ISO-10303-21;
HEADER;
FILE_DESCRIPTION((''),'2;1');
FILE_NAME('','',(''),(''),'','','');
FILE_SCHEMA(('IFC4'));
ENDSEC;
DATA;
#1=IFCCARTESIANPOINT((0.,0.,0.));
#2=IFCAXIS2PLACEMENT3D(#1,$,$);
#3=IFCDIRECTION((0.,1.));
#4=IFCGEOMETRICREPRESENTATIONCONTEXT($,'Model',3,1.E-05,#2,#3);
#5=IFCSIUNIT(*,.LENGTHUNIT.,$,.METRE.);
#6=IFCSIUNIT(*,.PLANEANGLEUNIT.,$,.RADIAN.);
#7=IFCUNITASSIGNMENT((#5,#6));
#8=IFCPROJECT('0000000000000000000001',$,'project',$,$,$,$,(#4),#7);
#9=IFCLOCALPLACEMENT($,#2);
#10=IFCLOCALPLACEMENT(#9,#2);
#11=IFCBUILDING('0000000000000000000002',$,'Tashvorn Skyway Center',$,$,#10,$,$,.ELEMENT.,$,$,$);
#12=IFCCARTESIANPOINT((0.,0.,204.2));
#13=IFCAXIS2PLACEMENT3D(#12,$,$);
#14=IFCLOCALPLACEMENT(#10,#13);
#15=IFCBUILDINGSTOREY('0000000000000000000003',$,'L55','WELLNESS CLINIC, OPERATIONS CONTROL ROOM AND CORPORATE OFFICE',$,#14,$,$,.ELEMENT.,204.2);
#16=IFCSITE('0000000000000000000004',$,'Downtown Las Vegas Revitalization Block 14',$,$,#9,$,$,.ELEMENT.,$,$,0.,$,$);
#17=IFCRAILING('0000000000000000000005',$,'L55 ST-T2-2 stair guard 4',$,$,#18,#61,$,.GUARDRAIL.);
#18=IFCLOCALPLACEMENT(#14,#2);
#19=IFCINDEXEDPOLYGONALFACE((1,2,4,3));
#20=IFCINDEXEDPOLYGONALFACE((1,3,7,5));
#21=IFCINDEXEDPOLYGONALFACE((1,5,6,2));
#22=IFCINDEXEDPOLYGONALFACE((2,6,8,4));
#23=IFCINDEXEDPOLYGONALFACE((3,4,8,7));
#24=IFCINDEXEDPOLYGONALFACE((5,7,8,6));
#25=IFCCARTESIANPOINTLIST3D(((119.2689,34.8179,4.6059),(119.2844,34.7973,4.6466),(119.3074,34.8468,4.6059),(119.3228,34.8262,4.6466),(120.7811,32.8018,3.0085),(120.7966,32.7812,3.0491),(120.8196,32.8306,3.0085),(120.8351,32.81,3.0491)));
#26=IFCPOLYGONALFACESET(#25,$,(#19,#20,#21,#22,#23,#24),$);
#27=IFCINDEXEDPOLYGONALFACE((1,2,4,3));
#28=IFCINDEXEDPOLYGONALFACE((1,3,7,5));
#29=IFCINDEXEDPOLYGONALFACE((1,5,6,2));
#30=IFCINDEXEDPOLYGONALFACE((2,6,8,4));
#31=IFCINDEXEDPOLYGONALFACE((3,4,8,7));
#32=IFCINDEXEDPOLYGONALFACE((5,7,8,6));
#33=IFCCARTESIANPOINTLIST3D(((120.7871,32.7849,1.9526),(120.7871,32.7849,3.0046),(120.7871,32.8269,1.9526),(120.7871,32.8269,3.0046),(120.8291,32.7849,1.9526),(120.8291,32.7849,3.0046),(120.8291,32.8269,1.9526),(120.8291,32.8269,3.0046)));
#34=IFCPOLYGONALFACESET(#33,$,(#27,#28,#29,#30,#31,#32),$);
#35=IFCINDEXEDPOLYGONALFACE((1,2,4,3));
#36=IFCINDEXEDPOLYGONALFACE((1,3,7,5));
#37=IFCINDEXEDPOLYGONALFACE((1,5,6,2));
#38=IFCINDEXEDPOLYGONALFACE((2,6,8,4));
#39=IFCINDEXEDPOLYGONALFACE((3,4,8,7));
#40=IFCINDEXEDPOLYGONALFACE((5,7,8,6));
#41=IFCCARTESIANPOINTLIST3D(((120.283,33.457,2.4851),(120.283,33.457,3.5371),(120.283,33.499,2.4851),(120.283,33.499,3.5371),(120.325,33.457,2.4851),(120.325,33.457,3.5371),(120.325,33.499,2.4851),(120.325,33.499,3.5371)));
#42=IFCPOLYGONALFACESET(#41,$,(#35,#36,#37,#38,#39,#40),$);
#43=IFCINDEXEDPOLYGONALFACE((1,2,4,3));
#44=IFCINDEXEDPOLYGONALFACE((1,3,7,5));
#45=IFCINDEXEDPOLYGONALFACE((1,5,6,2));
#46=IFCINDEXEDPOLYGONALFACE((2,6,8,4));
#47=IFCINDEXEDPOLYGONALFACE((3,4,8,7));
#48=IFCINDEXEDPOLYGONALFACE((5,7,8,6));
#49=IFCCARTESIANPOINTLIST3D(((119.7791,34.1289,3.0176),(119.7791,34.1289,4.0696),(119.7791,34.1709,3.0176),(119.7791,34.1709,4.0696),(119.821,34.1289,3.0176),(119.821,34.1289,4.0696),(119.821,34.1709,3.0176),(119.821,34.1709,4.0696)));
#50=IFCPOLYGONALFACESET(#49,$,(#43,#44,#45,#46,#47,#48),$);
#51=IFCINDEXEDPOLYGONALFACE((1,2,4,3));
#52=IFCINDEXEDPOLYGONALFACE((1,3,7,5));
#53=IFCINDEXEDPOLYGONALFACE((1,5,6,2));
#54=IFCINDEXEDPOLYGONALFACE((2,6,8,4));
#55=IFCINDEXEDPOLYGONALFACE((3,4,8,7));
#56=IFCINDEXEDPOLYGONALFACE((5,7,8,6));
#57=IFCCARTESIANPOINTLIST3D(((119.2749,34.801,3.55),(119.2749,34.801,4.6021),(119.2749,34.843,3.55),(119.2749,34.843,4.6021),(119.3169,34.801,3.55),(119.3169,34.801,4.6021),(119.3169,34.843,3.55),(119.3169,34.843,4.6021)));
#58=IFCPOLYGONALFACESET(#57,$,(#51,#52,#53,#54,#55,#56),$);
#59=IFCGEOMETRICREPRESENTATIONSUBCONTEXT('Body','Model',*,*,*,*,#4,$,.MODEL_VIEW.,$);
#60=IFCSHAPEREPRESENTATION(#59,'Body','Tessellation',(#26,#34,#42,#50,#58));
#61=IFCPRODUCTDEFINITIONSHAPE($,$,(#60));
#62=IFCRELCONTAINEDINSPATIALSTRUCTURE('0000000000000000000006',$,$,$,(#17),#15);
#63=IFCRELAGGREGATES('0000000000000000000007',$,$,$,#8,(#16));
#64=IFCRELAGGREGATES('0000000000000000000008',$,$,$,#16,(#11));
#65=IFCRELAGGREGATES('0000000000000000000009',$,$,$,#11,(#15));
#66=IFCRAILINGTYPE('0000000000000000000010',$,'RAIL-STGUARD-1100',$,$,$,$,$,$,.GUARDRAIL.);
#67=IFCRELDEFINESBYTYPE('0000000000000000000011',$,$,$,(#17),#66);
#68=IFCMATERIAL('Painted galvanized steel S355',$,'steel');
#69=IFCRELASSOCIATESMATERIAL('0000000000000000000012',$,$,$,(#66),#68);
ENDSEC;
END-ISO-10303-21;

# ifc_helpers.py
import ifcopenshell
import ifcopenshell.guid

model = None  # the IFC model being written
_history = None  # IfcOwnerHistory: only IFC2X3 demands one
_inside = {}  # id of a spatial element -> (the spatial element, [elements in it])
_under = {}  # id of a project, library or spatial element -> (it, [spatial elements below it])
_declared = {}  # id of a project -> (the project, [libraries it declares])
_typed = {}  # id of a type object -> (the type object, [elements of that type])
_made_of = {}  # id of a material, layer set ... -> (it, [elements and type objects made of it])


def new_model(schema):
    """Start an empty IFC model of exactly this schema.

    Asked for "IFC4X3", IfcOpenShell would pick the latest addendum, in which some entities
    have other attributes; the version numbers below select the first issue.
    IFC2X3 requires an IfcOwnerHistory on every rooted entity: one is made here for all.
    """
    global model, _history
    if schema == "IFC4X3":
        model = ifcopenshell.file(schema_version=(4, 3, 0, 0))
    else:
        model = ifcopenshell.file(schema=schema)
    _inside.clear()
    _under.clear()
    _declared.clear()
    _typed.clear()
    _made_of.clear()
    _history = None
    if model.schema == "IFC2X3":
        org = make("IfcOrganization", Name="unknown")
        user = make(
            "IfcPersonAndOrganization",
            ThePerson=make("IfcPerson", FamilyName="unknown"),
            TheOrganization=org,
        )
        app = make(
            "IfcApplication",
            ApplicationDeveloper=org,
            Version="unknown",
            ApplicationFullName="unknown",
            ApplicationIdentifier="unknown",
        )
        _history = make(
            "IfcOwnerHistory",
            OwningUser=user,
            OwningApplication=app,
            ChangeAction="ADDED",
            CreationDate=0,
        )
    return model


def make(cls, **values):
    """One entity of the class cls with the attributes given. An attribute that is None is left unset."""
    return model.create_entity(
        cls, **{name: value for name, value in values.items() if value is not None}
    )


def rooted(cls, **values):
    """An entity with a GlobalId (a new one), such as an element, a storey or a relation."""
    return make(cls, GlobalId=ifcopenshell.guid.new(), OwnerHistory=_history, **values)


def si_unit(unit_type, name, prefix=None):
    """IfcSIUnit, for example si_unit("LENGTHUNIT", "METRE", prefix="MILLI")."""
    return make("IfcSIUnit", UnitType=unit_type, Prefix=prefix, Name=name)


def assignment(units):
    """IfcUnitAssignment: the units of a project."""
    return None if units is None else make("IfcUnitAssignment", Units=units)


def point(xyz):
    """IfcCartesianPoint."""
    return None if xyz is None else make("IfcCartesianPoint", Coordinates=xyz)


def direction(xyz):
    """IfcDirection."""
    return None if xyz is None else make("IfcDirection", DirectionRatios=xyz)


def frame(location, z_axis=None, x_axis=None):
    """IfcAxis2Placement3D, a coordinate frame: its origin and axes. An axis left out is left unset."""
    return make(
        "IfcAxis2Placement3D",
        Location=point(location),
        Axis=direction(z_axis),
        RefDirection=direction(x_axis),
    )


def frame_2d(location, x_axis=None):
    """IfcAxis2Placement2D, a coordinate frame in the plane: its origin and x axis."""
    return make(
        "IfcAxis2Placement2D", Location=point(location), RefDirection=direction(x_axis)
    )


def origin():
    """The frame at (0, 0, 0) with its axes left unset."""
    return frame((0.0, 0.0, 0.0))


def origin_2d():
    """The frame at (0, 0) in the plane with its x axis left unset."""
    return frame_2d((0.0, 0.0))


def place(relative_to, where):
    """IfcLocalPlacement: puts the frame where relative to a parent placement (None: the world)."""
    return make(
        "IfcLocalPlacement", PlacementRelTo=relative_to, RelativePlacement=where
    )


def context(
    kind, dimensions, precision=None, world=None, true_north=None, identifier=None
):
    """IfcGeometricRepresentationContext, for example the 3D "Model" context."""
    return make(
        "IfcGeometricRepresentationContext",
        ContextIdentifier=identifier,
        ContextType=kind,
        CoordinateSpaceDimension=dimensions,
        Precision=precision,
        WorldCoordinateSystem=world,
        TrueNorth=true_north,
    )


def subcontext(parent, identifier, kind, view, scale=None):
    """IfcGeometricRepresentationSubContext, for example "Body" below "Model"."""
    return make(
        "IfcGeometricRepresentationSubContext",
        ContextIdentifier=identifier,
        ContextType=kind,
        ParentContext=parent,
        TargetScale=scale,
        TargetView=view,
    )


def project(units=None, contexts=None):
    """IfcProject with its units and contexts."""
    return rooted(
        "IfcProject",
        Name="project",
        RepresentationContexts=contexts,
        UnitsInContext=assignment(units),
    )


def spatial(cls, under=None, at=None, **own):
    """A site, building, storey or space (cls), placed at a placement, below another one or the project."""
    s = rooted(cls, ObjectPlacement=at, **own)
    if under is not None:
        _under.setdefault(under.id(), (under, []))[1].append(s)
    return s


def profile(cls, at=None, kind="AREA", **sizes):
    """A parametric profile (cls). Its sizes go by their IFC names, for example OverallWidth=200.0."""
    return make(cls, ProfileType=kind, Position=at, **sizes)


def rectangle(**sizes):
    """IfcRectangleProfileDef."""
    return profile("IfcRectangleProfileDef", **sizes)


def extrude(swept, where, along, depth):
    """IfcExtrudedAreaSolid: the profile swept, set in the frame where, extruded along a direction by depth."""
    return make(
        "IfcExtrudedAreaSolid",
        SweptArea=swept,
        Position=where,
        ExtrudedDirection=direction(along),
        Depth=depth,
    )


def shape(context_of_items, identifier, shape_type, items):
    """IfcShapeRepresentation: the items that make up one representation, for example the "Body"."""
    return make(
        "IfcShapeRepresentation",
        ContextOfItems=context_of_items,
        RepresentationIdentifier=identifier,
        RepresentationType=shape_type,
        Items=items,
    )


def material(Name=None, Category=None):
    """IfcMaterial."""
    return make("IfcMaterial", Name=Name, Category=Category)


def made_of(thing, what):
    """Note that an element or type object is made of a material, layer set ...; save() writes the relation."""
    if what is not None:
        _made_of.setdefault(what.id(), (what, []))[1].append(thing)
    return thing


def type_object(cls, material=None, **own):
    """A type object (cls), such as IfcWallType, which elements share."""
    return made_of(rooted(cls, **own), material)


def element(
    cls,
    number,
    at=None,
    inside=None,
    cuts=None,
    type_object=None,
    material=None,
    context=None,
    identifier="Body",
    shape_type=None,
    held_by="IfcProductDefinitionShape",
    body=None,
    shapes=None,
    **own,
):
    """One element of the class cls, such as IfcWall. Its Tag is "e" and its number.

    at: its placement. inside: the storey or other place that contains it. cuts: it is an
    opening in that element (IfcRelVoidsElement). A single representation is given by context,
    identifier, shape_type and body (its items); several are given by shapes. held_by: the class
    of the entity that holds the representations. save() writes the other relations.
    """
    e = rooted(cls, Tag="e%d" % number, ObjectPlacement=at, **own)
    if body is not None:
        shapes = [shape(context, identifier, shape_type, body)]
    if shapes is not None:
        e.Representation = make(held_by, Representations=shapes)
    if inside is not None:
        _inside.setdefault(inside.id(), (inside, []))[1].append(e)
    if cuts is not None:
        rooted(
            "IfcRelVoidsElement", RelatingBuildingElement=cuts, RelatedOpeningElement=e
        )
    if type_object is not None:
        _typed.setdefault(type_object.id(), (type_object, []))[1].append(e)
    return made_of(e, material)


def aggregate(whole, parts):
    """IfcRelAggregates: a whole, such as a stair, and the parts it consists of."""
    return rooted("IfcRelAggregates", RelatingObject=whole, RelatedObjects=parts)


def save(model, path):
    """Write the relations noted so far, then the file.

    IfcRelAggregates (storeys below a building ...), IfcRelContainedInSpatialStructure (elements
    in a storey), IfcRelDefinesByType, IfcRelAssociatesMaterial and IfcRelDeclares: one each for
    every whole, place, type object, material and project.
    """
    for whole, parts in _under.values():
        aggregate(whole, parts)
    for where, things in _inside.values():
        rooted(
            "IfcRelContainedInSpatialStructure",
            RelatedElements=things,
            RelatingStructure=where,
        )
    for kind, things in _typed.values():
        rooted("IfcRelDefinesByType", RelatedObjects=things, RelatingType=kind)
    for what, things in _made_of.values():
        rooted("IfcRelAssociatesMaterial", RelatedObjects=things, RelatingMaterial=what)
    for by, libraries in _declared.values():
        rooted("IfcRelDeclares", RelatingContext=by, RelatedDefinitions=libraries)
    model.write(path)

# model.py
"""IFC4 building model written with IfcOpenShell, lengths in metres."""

from ifc_helpers import new_model, si_unit, direction, frame, origin, origin_2d, place, context, subcontext, project, spatial, rectangle, extrude, material, type_object, element, save


model = new_model("IFC4")

# Units and contexts
model_context = context("Model", 3, precision=1e-05, world=origin(), true_north=direction((0.0, 1.0)))
body_context = subcontext(model_context, "Body", "Model", "MODEL_VIEW")
ifc_project = project(units=[si_unit("LENGTHUNIT", "METRE"), si_unit("PLANEANGLEUNIT", "RADIAN")], contexts=[model_context])

# Site, building, storey
site_placement = place(None, origin())
site = spatial("IfcSite", under=ifc_project, at=site_placement, Name="Downtown Las Vegas Revitalization Block 14", CompositionType="ELEMENT", RefElevation=0.0)
building_placement = place(site_placement, origin())
building = spatial("IfcBuilding", under=site, at=building_placement, Name="Tashvorn Skyway Center", CompositionType="ELEMENT")
storey_placement = place(building_placement, frame((0.0, 0.0, 204.2)))
storey = spatial("IfcBuildingStorey", under=building, at=storey_placement, Name="L55", Description="WELLNESS CLINIC, OPERATIONS CONTROL ROOM AND CORPORATE OFFICE", CompositionType="ELEMENT", Elevation=204.2)

# Railing
ifc_material_1 = material(Name="Painted galvanized steel S355", Category="steel")
railing_type_1 = type_object("IfcRailingType", Name="RAIL-STGUARD-1100", PredefinedType="GUARDRAIL", material=ifc_material_1)
railing_1_placement = place(storey_placement, frame((120.8081, 32.8059, 1.9526)))
element("IfcRailing", 1, at=railing_1_placement, inside=storey, type_object=railing_type_1, Name="L55 ST-T2-2 stair guard 4", PredefinedType="GUARDRAIL", context=body_context, shape_type="SweptSolid", body=[
    extrude(rectangle(XDim=0.0481, YDim=0.0481, at=origin_2d()), frame((0.0, 0.0, 1.0762), z_axis=(-0.506802, 0.675681, 0.535357), x_axis=(-0.799977, -0.600031, 0.0)), (0.0, 0.0, 1.0), 2.9839),
    extrude(rectangle(XDim=0.042, YDim=0.042, at=origin_2d()), origin(), (0.0, 0.0, 1.0), 1.052),
    extrude(rectangle(XDim=0.042, YDim=0.042, at=origin_2d()), frame((-0.5042, 0.6721, 0.5325)), (0.0, 0.0, 1.0), 1.052),
    extrude(rectangle(XDim=0.042, YDim=0.042, at=origin_2d()), frame((-1.0081, 1.344, 1.0649)), (0.0, 0.0, 1.0), 1.052),
    extrude(rectangle(XDim=0.042, YDim=0.042, at=origin_2d()), frame((-1.5122, 2.0161, 1.5974)), (0.0, 0.0, 1.0), 1.052),
])

save(model, "model.ifc")
